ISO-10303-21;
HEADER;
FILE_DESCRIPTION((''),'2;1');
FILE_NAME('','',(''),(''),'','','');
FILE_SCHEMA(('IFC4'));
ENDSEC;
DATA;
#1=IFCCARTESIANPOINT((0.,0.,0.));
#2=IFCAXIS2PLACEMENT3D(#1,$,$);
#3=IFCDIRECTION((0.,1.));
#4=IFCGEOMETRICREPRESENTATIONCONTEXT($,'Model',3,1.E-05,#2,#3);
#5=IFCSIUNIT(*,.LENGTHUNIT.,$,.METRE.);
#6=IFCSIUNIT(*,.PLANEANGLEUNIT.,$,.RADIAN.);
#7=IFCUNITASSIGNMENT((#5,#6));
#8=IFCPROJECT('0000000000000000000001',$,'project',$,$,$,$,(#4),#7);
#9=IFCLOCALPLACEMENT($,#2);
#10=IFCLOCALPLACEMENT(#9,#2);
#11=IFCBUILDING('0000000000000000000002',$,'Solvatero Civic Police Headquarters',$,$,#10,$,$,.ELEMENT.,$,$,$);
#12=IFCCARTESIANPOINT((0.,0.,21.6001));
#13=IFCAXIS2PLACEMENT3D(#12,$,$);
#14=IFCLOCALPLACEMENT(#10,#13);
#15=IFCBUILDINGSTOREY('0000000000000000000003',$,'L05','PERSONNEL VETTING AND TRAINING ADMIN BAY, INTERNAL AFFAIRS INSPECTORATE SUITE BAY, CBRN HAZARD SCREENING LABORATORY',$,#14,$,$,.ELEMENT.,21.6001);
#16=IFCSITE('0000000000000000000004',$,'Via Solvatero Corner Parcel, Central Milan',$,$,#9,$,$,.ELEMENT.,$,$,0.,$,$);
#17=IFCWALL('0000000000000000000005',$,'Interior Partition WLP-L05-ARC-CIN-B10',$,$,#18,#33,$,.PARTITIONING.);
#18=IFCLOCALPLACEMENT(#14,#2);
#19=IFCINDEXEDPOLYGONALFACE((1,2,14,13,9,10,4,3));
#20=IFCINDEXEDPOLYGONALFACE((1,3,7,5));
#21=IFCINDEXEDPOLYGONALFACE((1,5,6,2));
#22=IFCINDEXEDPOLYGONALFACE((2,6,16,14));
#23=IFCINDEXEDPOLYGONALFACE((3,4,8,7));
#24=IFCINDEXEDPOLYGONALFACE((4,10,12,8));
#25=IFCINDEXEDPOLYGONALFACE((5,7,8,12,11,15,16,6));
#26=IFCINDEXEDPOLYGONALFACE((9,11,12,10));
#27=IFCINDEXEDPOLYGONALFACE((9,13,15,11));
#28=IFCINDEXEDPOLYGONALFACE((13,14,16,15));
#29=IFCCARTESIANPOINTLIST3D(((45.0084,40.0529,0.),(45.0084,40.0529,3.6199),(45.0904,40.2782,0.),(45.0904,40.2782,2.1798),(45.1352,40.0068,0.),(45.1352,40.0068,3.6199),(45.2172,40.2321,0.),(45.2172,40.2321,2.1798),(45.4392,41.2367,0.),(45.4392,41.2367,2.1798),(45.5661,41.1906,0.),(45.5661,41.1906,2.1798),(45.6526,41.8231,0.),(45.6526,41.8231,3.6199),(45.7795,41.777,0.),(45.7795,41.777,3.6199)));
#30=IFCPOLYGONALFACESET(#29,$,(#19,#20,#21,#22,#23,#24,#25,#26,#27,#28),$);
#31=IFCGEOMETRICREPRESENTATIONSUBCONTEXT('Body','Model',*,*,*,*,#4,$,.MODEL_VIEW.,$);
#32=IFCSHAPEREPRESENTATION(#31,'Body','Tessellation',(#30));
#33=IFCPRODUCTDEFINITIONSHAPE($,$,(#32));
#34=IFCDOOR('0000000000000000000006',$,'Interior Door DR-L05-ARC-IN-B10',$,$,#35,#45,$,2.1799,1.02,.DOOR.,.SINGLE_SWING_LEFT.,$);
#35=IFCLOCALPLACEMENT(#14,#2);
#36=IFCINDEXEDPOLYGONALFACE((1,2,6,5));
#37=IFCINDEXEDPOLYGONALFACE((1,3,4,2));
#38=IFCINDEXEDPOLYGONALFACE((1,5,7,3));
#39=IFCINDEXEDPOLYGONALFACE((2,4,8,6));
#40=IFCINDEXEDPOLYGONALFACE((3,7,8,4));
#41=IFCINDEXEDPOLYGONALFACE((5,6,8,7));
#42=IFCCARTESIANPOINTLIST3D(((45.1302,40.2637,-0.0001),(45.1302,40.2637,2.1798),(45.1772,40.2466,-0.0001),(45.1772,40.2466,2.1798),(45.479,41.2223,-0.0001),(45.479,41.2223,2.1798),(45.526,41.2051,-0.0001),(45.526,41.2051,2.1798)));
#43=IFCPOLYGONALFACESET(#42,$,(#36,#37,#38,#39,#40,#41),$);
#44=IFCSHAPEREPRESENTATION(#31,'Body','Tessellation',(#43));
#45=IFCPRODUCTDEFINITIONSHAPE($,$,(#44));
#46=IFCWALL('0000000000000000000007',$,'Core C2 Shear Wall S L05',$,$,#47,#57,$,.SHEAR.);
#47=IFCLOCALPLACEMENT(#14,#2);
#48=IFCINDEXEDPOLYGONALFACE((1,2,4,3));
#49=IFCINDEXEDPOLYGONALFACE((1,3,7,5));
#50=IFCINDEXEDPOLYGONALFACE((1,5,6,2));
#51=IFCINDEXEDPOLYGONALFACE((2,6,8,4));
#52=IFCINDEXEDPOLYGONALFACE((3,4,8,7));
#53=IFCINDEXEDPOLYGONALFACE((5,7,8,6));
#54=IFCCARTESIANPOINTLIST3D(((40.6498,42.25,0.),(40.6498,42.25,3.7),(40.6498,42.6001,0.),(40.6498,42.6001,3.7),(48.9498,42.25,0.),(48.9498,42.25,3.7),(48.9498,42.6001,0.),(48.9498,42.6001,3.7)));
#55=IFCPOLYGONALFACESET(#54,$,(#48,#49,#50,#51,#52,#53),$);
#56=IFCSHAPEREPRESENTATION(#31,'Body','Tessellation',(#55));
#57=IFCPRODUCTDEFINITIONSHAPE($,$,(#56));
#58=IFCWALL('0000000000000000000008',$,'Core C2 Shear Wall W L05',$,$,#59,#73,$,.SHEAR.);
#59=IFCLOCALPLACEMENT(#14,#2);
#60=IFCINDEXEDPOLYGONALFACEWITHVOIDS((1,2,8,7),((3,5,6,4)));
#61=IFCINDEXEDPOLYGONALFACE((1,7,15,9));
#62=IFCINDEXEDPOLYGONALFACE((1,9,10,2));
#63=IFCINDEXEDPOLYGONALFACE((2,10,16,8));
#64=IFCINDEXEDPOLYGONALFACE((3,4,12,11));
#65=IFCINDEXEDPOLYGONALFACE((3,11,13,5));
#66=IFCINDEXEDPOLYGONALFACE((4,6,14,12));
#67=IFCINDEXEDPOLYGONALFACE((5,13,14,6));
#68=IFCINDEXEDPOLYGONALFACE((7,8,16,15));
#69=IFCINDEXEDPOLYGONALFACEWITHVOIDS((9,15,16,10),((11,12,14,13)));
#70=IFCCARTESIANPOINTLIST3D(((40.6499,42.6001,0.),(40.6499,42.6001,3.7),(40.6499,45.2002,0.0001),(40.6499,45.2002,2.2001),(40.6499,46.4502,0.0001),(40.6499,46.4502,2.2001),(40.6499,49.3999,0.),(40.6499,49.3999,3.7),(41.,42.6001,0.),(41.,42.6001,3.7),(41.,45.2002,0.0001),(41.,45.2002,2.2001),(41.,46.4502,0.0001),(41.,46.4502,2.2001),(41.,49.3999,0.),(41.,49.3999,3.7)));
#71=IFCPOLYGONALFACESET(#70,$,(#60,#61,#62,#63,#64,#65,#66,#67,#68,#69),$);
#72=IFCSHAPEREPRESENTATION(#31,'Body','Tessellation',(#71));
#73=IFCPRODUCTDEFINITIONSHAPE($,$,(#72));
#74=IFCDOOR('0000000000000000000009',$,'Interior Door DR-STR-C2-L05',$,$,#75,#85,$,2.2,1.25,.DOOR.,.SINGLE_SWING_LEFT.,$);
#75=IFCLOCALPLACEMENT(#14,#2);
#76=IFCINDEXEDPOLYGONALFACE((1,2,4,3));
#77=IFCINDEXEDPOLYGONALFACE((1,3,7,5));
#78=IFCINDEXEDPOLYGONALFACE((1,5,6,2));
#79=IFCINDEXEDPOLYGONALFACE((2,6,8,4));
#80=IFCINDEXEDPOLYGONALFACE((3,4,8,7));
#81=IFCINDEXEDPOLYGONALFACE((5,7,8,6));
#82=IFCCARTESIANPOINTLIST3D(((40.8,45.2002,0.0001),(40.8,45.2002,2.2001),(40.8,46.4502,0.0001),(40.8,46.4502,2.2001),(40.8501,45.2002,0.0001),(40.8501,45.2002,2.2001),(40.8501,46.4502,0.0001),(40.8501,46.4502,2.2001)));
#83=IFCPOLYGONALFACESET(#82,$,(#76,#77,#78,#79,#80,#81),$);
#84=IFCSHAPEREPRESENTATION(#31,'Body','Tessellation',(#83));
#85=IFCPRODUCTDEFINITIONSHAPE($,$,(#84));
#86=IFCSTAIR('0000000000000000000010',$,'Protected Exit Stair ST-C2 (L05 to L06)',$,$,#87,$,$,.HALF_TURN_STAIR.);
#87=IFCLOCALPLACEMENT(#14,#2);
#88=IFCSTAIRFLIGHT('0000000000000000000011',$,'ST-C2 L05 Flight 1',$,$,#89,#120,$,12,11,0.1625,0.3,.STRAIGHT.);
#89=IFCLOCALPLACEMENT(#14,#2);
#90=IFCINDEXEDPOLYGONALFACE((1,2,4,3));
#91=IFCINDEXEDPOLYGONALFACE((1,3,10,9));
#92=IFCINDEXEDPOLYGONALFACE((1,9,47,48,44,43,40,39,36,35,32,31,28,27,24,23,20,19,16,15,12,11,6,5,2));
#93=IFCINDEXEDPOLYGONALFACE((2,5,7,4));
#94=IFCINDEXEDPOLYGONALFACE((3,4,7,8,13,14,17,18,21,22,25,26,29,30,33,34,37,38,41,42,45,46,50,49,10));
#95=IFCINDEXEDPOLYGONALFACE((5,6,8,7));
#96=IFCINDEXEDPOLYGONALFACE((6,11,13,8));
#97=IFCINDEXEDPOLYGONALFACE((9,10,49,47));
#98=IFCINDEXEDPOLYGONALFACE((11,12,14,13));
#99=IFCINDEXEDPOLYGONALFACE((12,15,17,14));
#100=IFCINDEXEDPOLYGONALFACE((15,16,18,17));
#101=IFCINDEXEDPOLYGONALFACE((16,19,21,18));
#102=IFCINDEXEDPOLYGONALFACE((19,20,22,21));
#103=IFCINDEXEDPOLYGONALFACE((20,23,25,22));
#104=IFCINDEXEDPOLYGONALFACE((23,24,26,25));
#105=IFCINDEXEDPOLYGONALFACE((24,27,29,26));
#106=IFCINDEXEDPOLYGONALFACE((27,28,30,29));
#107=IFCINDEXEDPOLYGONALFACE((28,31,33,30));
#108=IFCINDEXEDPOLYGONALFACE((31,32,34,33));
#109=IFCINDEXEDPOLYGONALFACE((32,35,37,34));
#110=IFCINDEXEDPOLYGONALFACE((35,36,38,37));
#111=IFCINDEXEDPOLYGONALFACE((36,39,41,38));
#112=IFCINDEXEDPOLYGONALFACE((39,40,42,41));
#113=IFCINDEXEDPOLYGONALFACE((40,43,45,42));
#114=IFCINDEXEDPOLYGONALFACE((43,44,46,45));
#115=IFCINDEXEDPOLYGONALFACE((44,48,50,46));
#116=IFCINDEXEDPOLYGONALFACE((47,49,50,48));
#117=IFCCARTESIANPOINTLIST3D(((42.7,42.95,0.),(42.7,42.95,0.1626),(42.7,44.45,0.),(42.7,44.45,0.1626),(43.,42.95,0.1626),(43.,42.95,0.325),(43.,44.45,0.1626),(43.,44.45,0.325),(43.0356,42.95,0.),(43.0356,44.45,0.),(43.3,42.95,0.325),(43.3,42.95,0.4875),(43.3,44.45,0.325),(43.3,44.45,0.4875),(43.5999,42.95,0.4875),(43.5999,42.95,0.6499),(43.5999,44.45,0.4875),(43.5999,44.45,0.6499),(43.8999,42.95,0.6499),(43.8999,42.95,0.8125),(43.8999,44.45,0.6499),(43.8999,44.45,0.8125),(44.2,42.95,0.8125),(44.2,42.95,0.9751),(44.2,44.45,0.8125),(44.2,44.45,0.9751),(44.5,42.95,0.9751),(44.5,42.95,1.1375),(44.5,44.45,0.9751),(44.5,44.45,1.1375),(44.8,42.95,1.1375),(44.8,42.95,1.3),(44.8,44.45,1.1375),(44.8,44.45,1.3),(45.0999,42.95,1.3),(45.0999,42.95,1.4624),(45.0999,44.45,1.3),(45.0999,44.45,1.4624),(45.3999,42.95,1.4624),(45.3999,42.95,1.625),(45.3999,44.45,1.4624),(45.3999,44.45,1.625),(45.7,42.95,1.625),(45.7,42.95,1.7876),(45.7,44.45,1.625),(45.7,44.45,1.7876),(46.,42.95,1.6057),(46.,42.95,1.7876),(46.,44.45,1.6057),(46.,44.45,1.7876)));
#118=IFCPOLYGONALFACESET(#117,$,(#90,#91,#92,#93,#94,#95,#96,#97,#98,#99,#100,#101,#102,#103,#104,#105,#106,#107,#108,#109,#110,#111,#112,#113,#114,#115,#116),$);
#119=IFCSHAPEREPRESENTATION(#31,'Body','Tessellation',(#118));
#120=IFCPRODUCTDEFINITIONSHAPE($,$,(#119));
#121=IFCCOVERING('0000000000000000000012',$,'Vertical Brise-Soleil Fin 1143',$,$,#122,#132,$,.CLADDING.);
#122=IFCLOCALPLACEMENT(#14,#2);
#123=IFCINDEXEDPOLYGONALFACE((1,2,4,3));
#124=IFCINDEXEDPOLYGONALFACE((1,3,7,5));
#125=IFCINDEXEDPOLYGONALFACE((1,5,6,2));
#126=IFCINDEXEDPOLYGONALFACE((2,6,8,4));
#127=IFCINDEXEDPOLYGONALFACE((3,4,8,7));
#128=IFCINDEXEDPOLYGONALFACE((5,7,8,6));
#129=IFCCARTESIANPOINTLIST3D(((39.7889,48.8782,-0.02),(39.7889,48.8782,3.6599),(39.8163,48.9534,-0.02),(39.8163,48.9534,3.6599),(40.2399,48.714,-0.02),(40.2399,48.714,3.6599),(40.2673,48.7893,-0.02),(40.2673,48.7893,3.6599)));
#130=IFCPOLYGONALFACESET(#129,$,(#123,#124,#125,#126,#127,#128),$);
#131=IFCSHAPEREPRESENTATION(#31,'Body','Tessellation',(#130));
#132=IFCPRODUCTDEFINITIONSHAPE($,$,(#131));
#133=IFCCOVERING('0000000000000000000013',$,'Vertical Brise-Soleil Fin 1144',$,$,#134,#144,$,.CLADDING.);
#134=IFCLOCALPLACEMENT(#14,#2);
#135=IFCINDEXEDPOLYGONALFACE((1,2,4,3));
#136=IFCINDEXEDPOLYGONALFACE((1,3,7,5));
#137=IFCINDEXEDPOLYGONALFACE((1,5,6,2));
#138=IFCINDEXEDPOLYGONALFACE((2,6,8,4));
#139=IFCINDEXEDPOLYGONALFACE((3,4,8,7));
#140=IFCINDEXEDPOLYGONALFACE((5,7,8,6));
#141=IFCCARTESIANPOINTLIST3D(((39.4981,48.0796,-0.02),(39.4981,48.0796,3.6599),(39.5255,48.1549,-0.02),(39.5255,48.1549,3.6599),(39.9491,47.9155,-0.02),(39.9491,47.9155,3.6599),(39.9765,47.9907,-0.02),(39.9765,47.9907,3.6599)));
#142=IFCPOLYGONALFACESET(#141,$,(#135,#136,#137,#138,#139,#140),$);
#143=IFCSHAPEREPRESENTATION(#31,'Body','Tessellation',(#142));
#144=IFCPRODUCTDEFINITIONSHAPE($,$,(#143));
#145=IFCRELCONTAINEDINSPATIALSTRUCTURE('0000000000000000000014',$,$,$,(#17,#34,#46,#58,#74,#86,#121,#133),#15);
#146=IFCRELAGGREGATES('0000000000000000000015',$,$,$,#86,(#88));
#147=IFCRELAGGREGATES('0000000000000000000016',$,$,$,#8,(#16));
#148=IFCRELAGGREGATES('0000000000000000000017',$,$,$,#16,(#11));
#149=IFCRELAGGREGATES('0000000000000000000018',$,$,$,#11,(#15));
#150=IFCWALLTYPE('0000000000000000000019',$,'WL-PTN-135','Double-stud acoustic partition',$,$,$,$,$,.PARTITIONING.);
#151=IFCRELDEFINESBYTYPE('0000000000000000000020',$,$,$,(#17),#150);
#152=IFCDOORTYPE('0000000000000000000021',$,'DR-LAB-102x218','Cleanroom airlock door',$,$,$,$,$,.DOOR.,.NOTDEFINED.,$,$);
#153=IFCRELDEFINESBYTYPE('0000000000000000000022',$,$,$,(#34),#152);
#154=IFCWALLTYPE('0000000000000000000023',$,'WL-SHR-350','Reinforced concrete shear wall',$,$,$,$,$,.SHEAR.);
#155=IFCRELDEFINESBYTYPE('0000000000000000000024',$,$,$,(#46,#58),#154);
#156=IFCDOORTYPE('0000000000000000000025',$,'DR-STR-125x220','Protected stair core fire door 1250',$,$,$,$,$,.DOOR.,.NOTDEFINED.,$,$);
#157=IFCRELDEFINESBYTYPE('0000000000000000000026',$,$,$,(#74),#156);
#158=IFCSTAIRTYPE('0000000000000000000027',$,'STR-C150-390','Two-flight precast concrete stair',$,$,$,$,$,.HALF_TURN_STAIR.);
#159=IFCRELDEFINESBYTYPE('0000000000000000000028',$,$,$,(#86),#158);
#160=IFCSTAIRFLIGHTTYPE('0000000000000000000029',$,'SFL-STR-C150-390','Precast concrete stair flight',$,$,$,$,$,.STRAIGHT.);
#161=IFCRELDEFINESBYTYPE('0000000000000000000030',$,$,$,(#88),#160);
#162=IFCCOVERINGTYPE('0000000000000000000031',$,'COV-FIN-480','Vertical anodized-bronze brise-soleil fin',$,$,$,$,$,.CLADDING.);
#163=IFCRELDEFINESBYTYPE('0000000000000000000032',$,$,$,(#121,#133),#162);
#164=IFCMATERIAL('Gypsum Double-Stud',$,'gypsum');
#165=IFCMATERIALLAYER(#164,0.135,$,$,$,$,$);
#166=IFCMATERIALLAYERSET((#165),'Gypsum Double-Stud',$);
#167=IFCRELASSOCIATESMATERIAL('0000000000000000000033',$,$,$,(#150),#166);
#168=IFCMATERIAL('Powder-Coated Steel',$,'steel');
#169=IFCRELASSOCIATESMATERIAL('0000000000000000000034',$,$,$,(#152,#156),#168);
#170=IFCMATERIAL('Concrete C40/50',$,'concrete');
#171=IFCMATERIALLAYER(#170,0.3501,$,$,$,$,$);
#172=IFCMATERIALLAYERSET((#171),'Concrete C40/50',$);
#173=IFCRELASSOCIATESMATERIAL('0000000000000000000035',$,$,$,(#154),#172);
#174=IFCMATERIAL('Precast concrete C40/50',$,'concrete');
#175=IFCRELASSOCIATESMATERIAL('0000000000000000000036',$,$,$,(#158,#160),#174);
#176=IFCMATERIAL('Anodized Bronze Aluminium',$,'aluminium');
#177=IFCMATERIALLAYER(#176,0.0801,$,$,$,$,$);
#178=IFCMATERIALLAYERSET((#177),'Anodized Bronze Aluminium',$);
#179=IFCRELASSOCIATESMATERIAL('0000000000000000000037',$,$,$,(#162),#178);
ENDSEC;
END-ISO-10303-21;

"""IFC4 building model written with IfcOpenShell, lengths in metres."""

from ifc_helpers import new_model, si_unit, direction, frame, frame_2d, origin, origin_2d, place, context, subcontext, project, spatial, polyline, rectangle, outline, extrude, material, layer, layer_set, type_object, element, fill, aggregate, save


model = new_model("IFC4")

# Units and contexts
model_context = context("Model", 3, precision=1e-05, world=origin(), true_north=direction((0.0, 1.0)))
body_context = subcontext(model_context, "Body", "Model", "MODEL_VIEW")
ifc_project = project(units=[si_unit("LENGTHUNIT", "METRE"), si_unit("PLANEANGLEUNIT", "RADIAN")], contexts=[model_context])

# Site, building, storey
site_placement = place(None, origin())
site = spatial("IfcSite", under=ifc_project, at=site_placement, Name="Via Solvatero Corner Parcel, Central Milan", CompositionType="ELEMENT", RefElevation=0.0)
building_placement = place(site_placement, origin())
building = spatial("IfcBuilding", under=site, at=building_placement, Name="Solvatero Civic Police Headquarters", CompositionType="ELEMENT")
storey_placement = place(building_placement, frame((0.0, 0.0, 21.6001)))
storey = spatial("IfcBuildingStorey", under=building, at=storey_placement, Name="L05", Description="PERSONNEL VETTING AND TRAINING ADMIN BAY, INTERNAL AFFAIRS INSPECTORATE SUITE BAY, CBRN HAZARD SCREENING LABORATORY", CompositionType="ELEMENT", Elevation=21.6001)

# Shared definitions
ifc_material_1 = material(Name="Anodized Bronze Aluminium", Category="aluminium")

# Wall, opening, door
ifc_material_2 = material(Name="Gypsum Double-Stud", Category="gypsum")
ifc_layer_1 = layer(ifc_material_2, 0.135)
ifc_layer_set_1 = layer_set([ifc_layer_1], Name="Gypsum Double-Stud")
wall_type_1 = type_object("IfcWallType", Name="WL-PTN-135", Description="Double-stud acoustic partition", PredefinedType="PARTITIONING", material=ifc_layer_set_1)
wall_1_placement = place(storey_placement, frame((45.7161, 41.8, 0.0), z_axis=(0.0, 0.0, 1.0), x_axis=(-0.342003, -0.939699, 0.0)))
wall_1 = element("IfcWall", 1, at=wall_1_placement, inside=storey, type_object=wall_type_1, Name="Interior Partition WLP-L05-ARC-CIN-B10", PredefinedType="PARTITIONING", context=body_context, shape_type="SweptSolid", body=[
    extrude(rectangle(XDim=1.8838, YDim=0.135, at=frame_2d((0.9419, 0.0))), origin(), (0.0, 0.0, 1.0), 3.6199),
])
opening_1_placement = place(wall_1_placement, frame((0.624, 0.0, 0.0)))
opening_1 = element("IfcOpeningElement", 2, at=opening_1_placement, cuts=wall_1, PredefinedType="OPENING", context=body_context, shape_type="SweptSolid", body=[
    extrude(rectangle(XDim=1.02, YDim=2.1799, at=frame_2d((0.51, 1.0898))), frame((0.0, 0.0774, 0.0), z_axis=(0.0, -1.0, 0.0), x_axis=(1.0, 0.0, 0.0)), (0.0, 0.0, 1.0), 0.155),
])
ifc_material_3 = material(Name="Powder-Coated Steel", Category="steel")
door_type_1 = type_object("IfcDoorType", Name="DR-LAB-102x218", Description="Cleanroom airlock door", OperationType="NOTDEFINED", PredefinedType="DOOR", material=ifc_material_3)
door_1_placement = place(opening_1_placement, origin())
door_1 = element("IfcDoor", 3, at=door_1_placement, inside=storey, type_object=door_type_1, Name="Interior Door DR-L05-ARC-IN-B10", OperationType="SINGLE_SWING_LEFT", OverallHeight=2.1799, OverallWidth=1.02, PredefinedType="DOOR", context=body_context, shape_type="SweptSolid", body=[
    extrude(rectangle(XDim=1.02, YDim=2.1799, at=frame_2d((0.51, 1.0898))), frame((0.0, 0.0249, 0.0), z_axis=(0.0, -1.0, 0.0), x_axis=(1.0, 0.0, 0.0)), (0.0, 0.0, 1.0), 0.05),
])
fill(opening_1, door_1)

# Wall
ifc_material_4 = material(Name="Concrete C40/50", Category="concrete")
ifc_layer_2 = layer(ifc_material_4, 0.3501)
ifc_layer_set_2 = layer_set([ifc_layer_2], Name="Concrete C40/50")
wall_type_2 = type_object("IfcWallType", Name="WL-SHR-350", Description="Reinforced concrete shear wall", PredefinedType="SHEAR", material=ifc_layer_set_2)
wall_2_placement = place(storey_placement, frame((40.6499, 42.425, 0.0), z_axis=(0.0, 0.0, 1.0), x_axis=(1.0, 0.0, 0.0)))
element("IfcWall", 4, at=wall_2_placement, inside=storey, type_object=wall_type_2, Name="Core C2 Shear Wall S L05", PredefinedType="SHEAR", context=body_context, shape_type="SweptSolid", body=[
    extrude(rectangle(XDim=8.3, YDim=0.3501, at=frame_2d((4.1499, 0.0))), origin(), (0.0, 0.0, 1.0), 3.7),
])

# Wall, opening, door
wall_3_placement = place(storey_placement, frame((40.825, 42.6001, 0.0), z_axis=(0.0, 0.0, 1.0), x_axis=(0.0, 1.0, 0.0)))
wall_3 = element("IfcWall", 5, at=wall_3_placement, inside=storey, type_object=wall_type_2, Name="Core C2 Shear Wall W L05", PredefinedType="SHEAR", context=body_context, shape_type="SweptSolid", body=[
    extrude(rectangle(XDim=6.7998, YDim=0.3501, at=frame_2d((3.3999, 0.0))), origin(), (0.0, 0.0, 1.0), 3.7),
])
opening_2_placement = place(wall_3_placement, frame((2.6001, 0.0, 0.0)))
opening_2 = element("IfcOpeningElement", 6, at=opening_2_placement, cuts=wall_3, PredefinedType="OPENING", context=body_context, shape_type="SweptSolid", body=[
    extrude(rectangle(XDim=1.25, YDim=2.2, at=frame_2d((0.625, 1.1001))), frame((0.0, 0.1851, 0.0), z_axis=(0.0, -1.0, 0.0), x_axis=(1.0, 0.0, 0.0)), (0.0, 0.0, 1.0), 0.3701),
])
door_type_2 = type_object("IfcDoorType", Name="DR-STR-125x220", Description="Protected stair core fire door 1250", OperationType="NOTDEFINED", PredefinedType="DOOR", material=ifc_material_3)
door_2_placement = place(opening_2_placement, origin())
door_2 = element("IfcDoor", 7, at=door_2_placement, inside=storey, type_object=door_type_2, Name="Interior Door DR-STR-C2-L05", OperationType="SINGLE_SWING_LEFT", OverallHeight=2.2, OverallWidth=1.25, PredefinedType="DOOR", context=body_context, shape_type="SweptSolid", body=[
    extrude(rectangle(XDim=1.25, YDim=2.2, at=frame_2d((0.625, 1.1001))), frame((0.0, 0.0249, 0.0), z_axis=(0.0, -1.0, 0.0), x_axis=(1.0, 0.0, 0.0)), (0.0, 0.0, 1.0), 0.05),
])
fill(opening_2, door_2)

# Stair, stair flight
ifc_material_5 = material(Name="Precast concrete C40/50", Category="concrete")
stair_type = type_object("IfcStairType", Name="STR-C150-390", Description="Two-flight precast concrete stair", PredefinedType="HALF_TURN_STAIR", material=ifc_material_5)
stair_placement = place(storey_placement, origin())
stair = element("IfcStair", 8, at=stair_placement, inside=storey, type_object=stair_type, Name="Protected Exit Stair ST-C2 (L05 to L06)", PredefinedType="HALF_TURN_STAIR")
stair_flight_type = type_object("IfcStairFlightType", Name="SFL-STR-C150-390", Description="Precast concrete stair flight", PredefinedType="STRAIGHT", material=ifc_material_5)
stair_flight_placement = place(storey_placement, frame((42.7, 43.7, 0.0), z_axis=(0.0, 0.0, 1.0), x_axis=(1.0, 0.0, 0.0)))
stair_flight = element("IfcStairFlight", 9, at=stair_flight_placement, type_object=stair_flight_type, Name="ST-C2 L05 Flight 1", NumberOfRisers=12, NumberOfTreads=11, PredefinedType="STRAIGHT", RiserHeight=0.1625, TreadLength=0.3, context=body_context, shape_type="SweptSolid", body=[
    extrude(outline(polyline([(0.0, 0.0), (0.0, 0.1626), (0.3, 0.1626), (0.3, 0.325), (0.6001, 0.325), (0.6001, 0.4875), (0.8999, 0.4875), (0.8999, 0.6499), (1.2, 0.6499), (1.2, 0.8125), (1.5, 0.8125), (1.5, 0.9751), (1.8, 0.9751), (1.8, 1.1375), (2.1001, 1.1375), (2.1001, 1.3), (2.3999, 1.3), (2.3999, 1.4624), (2.7, 1.4624), (2.7, 1.625), (3.0, 1.625), (3.0, 1.7876), (3.3, 1.7876), (3.3, 1.95), (3.3, 1.6057), (0.3357, 0.0), (0.0, 0.0)])), frame((0.0, 0.75, 0.0), z_axis=(0.0, -1.0, 0.0), x_axis=(1.0, 0.0, 0.0)), (0.0, 0.0, 1.0), 1.5),
])
aggregate(stair, [stair_flight])

# Coverings
ifc_layer_3 = layer(ifc_material_1, 0.0801)
ifc_layer_set_3 = layer_set([ifc_layer_3], Name="Anodized Bronze Aluminium")
covering_type = type_object("IfcCoveringType", Name="COV-FIN-480", Description="Vertical anodized-bronze brise-soleil fin", PredefinedType="CLADDING", material=ifc_layer_set_3)
for number, where, z_axis, x_axis, name in (
    (10, (40.0281, 48.8337, -0.02), (0.0, 0.0, 1.0), (-0.34202, -0.939693, 0.0), "Vertical Brise-Soleil Fin 1143"),
    (11, (39.7373, 48.0352, -0.02), (0.0, 0.0, 1.0), (-0.34202, -0.939693, 0.0), "Vertical Brise-Soleil Fin 1144"),
):
    element("IfcCovering", number, at=place(storey_placement, frame(where, z_axis=z_axis, x_axis=x_axis)), inside=storey, type_object=covering_type, Name=name, PredefinedType="CLADDING", context=body_context, shape_type="SweptSolid", body=[
        extrude(rectangle(XDim=0.0801, YDim=0.48, at=origin_2d()), origin(), (0.0, 0.0, 1.0), 3.6799),
    ])

save(model, "model.ifc")
